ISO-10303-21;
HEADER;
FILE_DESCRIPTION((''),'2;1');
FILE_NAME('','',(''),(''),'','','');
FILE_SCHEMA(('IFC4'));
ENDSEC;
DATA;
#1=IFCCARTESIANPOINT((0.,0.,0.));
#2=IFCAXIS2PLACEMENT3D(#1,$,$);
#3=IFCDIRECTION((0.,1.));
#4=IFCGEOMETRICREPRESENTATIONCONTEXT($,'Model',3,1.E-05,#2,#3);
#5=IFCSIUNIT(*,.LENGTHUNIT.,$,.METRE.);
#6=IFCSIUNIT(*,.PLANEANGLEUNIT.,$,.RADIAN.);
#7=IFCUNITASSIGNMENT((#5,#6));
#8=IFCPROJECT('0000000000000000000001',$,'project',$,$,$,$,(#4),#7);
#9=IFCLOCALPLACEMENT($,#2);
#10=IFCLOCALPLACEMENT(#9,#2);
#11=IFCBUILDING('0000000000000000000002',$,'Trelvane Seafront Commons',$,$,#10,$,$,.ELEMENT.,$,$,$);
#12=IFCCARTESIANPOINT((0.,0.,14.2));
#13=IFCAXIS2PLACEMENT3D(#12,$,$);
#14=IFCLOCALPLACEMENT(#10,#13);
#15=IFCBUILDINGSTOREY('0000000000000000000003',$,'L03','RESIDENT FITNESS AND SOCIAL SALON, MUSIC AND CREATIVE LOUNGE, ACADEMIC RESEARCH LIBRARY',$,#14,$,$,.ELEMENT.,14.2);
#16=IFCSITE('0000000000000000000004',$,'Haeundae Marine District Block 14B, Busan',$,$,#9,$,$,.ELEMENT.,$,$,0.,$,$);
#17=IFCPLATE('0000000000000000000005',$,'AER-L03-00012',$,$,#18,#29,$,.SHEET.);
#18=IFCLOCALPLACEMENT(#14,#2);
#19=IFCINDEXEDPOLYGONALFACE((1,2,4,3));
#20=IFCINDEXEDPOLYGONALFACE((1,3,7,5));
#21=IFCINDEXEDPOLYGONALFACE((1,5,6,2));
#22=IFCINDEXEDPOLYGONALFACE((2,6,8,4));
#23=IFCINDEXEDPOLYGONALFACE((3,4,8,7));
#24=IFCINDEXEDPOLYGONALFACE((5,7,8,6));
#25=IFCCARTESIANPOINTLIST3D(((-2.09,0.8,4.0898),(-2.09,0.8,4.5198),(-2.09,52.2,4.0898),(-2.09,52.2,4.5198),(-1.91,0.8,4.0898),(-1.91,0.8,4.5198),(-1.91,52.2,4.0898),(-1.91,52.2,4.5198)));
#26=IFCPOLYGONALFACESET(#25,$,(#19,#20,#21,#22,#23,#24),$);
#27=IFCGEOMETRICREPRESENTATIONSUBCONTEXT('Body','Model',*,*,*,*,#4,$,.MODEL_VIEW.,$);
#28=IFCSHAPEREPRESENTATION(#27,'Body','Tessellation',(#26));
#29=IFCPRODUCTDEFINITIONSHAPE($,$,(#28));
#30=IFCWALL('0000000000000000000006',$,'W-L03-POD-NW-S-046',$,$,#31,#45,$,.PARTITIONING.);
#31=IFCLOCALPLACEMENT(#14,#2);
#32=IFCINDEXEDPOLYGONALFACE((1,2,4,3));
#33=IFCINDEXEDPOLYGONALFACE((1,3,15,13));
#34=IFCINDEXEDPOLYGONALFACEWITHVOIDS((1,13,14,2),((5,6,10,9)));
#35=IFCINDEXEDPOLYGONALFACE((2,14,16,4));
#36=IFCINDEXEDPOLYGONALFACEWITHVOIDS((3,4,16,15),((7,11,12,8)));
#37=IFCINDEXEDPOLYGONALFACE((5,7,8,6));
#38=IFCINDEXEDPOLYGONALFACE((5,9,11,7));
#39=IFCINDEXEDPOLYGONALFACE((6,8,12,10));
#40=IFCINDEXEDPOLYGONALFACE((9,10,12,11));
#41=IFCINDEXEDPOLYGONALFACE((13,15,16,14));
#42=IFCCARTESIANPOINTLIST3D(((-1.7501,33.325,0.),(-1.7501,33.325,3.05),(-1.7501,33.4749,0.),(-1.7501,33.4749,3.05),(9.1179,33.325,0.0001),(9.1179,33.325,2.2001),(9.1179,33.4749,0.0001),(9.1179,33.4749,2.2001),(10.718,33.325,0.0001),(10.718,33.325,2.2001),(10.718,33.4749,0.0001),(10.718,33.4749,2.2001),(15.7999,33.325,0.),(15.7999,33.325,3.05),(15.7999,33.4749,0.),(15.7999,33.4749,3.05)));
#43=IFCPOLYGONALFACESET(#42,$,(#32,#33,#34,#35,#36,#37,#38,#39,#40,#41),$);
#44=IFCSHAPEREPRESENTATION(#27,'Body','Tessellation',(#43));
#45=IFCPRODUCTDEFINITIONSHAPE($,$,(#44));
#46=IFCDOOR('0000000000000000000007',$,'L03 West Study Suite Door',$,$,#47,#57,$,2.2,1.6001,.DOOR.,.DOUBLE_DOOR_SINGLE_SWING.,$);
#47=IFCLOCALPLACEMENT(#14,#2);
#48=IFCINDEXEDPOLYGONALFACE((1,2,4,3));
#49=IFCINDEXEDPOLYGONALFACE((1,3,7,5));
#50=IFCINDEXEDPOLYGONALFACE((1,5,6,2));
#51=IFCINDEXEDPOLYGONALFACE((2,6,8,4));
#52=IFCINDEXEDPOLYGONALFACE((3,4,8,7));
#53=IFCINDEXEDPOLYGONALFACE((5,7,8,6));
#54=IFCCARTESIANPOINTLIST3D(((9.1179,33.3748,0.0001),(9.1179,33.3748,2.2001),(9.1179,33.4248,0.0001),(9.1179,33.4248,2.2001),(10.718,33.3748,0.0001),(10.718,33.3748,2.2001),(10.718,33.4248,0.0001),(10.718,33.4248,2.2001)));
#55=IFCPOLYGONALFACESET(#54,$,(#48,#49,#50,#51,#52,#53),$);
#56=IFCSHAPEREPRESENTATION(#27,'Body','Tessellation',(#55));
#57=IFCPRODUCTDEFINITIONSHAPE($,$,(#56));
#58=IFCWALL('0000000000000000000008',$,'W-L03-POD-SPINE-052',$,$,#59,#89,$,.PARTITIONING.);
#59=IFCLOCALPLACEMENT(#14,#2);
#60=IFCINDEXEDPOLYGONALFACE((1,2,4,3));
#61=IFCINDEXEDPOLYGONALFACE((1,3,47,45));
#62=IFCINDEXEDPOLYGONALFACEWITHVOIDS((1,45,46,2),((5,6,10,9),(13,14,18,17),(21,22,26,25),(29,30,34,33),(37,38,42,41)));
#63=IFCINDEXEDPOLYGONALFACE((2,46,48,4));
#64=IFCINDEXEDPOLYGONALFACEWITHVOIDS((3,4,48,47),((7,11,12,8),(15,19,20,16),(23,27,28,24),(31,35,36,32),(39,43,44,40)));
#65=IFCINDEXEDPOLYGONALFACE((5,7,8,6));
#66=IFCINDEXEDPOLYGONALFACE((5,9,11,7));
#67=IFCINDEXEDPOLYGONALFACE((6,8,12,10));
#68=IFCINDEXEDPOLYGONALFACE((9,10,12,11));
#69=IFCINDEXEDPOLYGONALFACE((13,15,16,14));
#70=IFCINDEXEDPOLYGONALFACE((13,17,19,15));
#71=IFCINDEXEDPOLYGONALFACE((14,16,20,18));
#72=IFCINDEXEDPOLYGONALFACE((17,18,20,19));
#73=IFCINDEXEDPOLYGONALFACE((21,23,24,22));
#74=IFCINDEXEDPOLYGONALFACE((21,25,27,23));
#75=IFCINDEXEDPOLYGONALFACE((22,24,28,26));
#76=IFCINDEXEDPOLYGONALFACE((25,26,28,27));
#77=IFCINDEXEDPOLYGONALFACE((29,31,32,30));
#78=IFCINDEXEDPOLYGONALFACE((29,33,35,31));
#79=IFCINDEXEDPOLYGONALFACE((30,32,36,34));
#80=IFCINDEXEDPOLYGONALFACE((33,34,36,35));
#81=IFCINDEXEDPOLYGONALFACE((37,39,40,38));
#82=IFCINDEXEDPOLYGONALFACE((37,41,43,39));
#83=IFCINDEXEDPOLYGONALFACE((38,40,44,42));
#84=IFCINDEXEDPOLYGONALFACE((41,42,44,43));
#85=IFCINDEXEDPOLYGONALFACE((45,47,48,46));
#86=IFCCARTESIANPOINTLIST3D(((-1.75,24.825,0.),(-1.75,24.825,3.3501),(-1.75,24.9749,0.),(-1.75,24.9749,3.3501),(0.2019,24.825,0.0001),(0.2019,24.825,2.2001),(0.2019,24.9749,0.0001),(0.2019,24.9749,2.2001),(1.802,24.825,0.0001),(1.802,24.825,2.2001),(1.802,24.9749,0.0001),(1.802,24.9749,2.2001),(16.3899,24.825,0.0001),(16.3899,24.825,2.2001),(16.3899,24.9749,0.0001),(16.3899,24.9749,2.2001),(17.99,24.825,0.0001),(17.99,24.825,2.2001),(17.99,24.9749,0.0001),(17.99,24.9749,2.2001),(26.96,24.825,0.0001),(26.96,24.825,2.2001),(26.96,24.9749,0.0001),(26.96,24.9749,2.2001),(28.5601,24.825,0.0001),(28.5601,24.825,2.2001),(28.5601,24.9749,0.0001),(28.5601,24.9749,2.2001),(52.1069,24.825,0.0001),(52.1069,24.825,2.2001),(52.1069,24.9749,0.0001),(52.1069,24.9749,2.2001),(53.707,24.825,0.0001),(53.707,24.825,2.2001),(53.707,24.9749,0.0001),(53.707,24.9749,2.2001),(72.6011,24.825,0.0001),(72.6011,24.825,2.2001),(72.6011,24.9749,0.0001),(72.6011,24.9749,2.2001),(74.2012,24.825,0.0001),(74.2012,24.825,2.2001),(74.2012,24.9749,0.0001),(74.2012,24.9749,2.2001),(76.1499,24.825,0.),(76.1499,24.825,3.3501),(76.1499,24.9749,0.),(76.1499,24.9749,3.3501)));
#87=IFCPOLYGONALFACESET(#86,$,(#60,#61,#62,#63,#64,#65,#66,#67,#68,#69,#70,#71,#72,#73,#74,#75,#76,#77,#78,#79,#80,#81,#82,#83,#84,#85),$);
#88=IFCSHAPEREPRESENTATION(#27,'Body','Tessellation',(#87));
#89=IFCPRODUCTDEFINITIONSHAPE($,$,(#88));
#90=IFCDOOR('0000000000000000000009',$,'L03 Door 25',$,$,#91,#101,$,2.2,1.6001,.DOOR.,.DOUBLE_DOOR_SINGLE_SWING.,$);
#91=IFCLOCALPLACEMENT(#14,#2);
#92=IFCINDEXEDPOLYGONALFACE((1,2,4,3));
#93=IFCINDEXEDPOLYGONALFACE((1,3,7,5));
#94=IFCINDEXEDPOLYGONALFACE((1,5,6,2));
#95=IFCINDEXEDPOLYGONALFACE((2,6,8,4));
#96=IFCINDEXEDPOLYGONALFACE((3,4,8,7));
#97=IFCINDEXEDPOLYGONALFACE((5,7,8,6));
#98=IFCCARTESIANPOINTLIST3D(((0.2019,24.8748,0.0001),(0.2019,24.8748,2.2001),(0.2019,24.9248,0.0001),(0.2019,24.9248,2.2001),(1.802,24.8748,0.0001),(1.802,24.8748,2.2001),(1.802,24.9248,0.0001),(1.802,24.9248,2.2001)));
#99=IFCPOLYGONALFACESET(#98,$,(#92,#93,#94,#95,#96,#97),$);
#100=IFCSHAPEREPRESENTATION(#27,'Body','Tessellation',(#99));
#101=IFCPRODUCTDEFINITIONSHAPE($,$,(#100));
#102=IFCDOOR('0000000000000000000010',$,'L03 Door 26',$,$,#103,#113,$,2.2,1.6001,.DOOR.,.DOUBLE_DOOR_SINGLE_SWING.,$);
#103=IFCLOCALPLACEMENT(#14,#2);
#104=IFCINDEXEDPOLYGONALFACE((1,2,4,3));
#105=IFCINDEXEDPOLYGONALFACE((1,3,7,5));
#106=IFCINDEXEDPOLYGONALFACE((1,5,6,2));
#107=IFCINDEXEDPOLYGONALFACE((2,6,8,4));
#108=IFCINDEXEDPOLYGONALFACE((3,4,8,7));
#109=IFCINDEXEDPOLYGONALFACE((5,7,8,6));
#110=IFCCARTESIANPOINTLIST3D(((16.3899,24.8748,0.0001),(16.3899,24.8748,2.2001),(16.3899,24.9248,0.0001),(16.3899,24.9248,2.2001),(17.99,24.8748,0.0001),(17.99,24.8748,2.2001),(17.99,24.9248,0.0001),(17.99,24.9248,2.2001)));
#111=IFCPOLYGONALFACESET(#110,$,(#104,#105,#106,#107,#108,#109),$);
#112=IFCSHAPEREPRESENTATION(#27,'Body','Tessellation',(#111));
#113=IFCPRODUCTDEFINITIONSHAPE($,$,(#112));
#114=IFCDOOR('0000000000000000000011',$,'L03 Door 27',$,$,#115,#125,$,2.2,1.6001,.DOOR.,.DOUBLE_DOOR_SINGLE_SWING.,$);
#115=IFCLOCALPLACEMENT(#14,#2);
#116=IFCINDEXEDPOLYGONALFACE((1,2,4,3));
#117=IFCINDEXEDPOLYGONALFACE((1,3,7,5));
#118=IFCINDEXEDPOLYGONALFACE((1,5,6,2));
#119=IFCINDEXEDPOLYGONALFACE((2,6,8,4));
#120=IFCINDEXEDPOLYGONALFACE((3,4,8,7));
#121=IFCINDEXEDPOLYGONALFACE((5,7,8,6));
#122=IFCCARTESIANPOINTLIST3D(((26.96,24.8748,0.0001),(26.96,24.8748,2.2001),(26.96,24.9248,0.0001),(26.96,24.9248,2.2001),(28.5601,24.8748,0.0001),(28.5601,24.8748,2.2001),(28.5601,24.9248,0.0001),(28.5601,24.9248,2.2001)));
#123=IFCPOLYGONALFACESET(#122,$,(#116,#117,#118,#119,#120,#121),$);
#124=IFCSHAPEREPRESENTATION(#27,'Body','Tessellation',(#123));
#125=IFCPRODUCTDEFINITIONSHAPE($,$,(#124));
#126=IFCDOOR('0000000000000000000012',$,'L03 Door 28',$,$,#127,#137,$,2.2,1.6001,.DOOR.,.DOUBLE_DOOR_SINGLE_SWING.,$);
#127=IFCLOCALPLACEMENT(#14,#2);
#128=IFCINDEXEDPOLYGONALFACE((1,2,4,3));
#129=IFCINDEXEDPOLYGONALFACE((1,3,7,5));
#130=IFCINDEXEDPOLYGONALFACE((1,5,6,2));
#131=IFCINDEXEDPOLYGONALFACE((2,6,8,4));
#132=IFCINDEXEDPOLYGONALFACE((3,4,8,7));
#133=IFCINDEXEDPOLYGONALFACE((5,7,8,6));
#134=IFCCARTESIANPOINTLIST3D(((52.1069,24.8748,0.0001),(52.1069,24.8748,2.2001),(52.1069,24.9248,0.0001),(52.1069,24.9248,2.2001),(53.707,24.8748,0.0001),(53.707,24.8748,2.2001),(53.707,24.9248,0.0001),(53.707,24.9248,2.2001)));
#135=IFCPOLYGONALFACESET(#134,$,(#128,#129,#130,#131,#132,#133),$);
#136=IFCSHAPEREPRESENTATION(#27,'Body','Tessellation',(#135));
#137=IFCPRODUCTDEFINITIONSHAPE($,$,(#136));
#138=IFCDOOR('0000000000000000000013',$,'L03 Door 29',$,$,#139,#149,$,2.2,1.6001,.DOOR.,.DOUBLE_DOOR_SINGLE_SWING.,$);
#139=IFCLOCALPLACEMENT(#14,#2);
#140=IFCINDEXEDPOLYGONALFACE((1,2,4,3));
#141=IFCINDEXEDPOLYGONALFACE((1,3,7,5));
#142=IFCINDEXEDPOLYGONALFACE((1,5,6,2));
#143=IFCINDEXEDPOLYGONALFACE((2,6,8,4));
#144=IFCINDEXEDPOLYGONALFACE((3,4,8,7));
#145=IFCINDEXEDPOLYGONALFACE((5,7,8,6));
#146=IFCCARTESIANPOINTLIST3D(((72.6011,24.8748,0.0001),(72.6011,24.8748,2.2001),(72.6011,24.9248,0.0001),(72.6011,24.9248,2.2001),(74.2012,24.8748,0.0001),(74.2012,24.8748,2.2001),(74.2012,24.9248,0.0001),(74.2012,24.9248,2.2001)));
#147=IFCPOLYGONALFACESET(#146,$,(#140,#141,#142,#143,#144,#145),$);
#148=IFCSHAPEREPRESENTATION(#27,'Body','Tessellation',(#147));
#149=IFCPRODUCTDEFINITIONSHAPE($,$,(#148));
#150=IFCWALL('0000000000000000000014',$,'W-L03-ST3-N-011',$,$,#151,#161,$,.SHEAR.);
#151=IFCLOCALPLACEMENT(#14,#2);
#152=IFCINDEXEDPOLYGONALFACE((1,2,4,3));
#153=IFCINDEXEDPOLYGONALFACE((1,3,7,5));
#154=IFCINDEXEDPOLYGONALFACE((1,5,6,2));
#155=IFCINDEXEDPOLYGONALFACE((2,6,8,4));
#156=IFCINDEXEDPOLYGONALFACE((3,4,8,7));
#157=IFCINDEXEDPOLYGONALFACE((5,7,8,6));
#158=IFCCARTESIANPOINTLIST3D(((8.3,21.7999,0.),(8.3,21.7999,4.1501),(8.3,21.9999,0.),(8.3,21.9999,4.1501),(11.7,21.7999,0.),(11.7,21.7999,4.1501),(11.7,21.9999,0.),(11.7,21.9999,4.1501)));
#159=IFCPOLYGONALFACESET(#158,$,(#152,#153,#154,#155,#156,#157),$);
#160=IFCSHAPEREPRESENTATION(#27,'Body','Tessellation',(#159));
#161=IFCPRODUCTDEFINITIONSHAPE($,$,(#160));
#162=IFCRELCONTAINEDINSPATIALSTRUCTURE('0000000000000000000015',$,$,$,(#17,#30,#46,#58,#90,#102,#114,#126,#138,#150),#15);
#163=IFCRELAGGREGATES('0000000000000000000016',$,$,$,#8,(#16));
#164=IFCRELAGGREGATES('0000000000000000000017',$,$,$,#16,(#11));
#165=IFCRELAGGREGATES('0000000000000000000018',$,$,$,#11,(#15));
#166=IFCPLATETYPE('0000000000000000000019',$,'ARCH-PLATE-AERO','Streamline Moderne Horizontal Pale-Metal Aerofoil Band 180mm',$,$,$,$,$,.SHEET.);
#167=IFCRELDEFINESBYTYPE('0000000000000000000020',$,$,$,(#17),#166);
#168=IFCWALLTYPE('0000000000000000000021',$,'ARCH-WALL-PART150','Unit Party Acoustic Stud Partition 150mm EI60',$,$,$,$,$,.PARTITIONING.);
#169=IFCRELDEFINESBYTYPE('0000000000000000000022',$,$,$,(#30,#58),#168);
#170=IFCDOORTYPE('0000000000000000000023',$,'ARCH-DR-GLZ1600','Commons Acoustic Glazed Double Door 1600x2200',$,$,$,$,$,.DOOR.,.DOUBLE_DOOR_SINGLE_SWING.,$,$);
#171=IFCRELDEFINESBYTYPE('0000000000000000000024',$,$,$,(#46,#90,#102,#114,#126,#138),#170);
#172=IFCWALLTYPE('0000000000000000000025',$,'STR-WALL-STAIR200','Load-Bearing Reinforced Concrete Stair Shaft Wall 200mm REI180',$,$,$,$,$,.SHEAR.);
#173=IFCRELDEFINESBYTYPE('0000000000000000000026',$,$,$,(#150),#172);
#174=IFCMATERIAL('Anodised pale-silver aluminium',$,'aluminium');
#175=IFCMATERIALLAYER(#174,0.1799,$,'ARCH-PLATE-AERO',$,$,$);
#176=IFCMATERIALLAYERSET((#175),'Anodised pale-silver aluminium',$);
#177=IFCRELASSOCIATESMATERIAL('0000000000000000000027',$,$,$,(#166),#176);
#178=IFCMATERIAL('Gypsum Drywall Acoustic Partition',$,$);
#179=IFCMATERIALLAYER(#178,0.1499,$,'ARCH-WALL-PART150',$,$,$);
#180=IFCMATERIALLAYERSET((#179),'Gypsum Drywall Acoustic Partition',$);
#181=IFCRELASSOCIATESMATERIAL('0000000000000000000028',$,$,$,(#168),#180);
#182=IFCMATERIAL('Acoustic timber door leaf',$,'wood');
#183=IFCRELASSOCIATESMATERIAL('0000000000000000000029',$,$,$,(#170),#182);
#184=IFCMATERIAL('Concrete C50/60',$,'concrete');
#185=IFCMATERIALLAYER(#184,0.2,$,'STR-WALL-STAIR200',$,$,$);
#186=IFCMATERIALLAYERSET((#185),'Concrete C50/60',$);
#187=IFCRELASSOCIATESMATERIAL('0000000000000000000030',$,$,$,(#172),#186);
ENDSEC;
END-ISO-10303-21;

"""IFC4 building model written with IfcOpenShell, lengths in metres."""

from ifc_helpers import new_model, si_unit, direction, frame, frame_2d, origin, origin_2d, place, context, subcontext, project, spatial, rectangle, extrude, source, transform, mapped, material, layer, layer_set, type_object, element, fill, save


model = new_model("IFC4")

# Units and contexts
model_context = context("Model", 3, precision=1e-05, world=origin(), true_north=direction((0.0, 1.0)))
body_context = subcontext(model_context, "Body", "Model", "MODEL_VIEW")
ifc_project = project(units=[si_unit("LENGTHUNIT", "METRE"), si_unit("PLANEANGLEUNIT", "RADIAN")], contexts=[model_context])

# Site, building, storey
site_placement = place(None, origin())
site = spatial("IfcSite", under=ifc_project, at=site_placement, Name="Haeundae Marine District Block 14B, Busan", CompositionType="ELEMENT", RefElevation=0.0)
building_placement = place(site_placement, origin())
building = spatial("IfcBuilding", under=site, at=building_placement, Name="Trelvane Seafront Commons", CompositionType="ELEMENT")
storey_placement = place(building_placement, frame((0.0, 0.0, 14.2)))
storey = spatial("IfcBuildingStorey", under=building, at=storey_placement, Name="L03", Description="RESIDENT FITNESS AND SOCIAL SALON, MUSIC AND CREATIVE LOUNGE, ACADEMIC RESEARCH LIBRARY", CompositionType="ELEMENT", Elevation=14.2)

# Shared definitions
ifc_material_1 = material(Name="Concrete C50/60", Category="concrete")

# Plate
ifc_material_2 = material(Name="Anodised pale-silver aluminium", Category="aluminium")
ifc_layer_1 = layer(ifc_material_2, 0.1799, Name="ARCH-PLATE-AERO")
ifc_layer_set_1 = layer_set([ifc_layer_1], Name="Anodised pale-silver aluminium")
plate_type = type_object("IfcPlateType", Name="ARCH-PLATE-AERO", Description="Streamline Moderne Horizontal Pale-Metal Aerofoil Band 180mm", PredefinedType="SHEET", material=ifc_layer_set_1)
shared_shape_1 = source(origin(), body_context, "Body", "SweptSolid", [
    extrude(rectangle(XDim=51.3999, YDim=0.1799, at=origin_2d()), origin(), (0.0, 0.0, 1.0), 0.4299),
])
plate_placement = place(storey_placement, frame((-2.0, 26.5, 4.0898), z_axis=(0.0, 0.0, 1.0), x_axis=(0.0, 1.0, 0.0)))
element("IfcPlate", 1, at=plate_placement, inside=storey, type_object=plate_type, Name="AER-L03-00012", PredefinedType="SHEET", context=body_context, shape_type="MappedRepresentation", body=[
    mapped(shared_shape_1, transform((0.0, 0.0, 0.0), x_axis=(1.0, 0.0, 0.0), y_axis=(0.0, 1.0, 0.0), z_axis=(0.0, 0.0, 1.0), scale=1.0)),
])

# Wall, opening, door
ifc_material_3 = material(Name="Gypsum Drywall Acoustic Partition")
ifc_layer_2 = layer(ifc_material_3, 0.1499, Name="ARCH-WALL-PART150")
ifc_layer_set_2 = layer_set([ifc_layer_2], Name="Gypsum Drywall Acoustic Partition")
wall_type_1 = type_object("IfcWallType", Name="ARCH-WALL-PART150", Description="Unit Party Acoustic Stud Partition 150mm EI60", PredefinedType="PARTITIONING", material=ifc_layer_set_2)
wall_1_placement = place(storey_placement, frame((-1.75, 33.3999, 0.0), z_axis=(0.0, 0.0, 1.0), x_axis=(1.0, 0.0, 0.0)))
wall_1 = element("IfcWall", 2, at=wall_1_placement, inside=storey, type_object=wall_type_1, Name="W-L03-POD-NW-S-046", PredefinedType="PARTITIONING", context=body_context, shape_type="SweptSolid", body=[
    extrude(rectangle(XDim=17.55, YDim=0.1499, at=frame_2d((8.7749, 0.0))), origin(), (0.0, 0.0, 1.0), 3.05),
])
opening_1_placement = place(wall_1_placement, frame((10.8679, 0.0, 0.0)))
opening_1 = element("IfcOpeningElement", 3, at=opening_1_placement, cuts=wall_1, PredefinedType="OPENING", context=body_context, shape_type="SweptSolid", body=[
    extrude(rectangle(XDim=1.6001, YDim=2.2, at=frame_2d((0.8, 1.1001))), frame((0.0, 0.085, 0.0), z_axis=(0.0, -1.0, 0.0), x_axis=(1.0, 0.0, 0.0)), (0.0, 0.0, 1.0), 0.1699),
])
ifc_material_4 = material(Name="Acoustic timber door leaf", Category="wood")
door_type = type_object("IfcDoorType", Name="ARCH-DR-GLZ1600", Description="Commons Acoustic Glazed Double Door 1600x2200", OperationType="DOUBLE_DOOR_SINGLE_SWING", PredefinedType="DOOR", material=ifc_material_4)
shared_shape_2 = source(origin(), body_context, "Body", "SweptSolid", [
    extrude(rectangle(XDim=1.6001, YDim=2.2, at=frame_2d((0.8, 1.1001))), frame((0.0, 0.0249, 0.0), z_axis=(0.0, -1.0, 0.0), x_axis=(1.0, 0.0, 0.0)), (0.0, 0.0, 1.0), 0.05),
])
door_1_placement = place(opening_1_placement, origin())
door_1 = element("IfcDoor", 4, at=door_1_placement, inside=storey, type_object=door_type, Name="L03 West Study Suite Door", OperationType="DOUBLE_DOOR_SINGLE_SWING", OverallHeight=2.2, OverallWidth=1.6001, PredefinedType="DOOR", context=body_context, shape_type="MappedRepresentation", body=[
    mapped(shared_shape_2, transform((0.0, 0.0, 0.0), x_axis=(1.0, 0.0, 0.0), y_axis=(0.0, 1.0, 0.0), z_axis=(0.0, 0.0, 1.0), scale=1.0)),
])
fill(opening_1, door_1)

# Wall, openings, doors
wall_2_placement = place(storey_placement, frame((-1.75, 24.8999, 0.0), z_axis=(0.0, 0.0, 1.0), x_axis=(1.0, 0.0, 0.0)))
wall_2 = element("IfcWall", 5, at=wall_2_placement, inside=storey, type_object=wall_type_1, Name="W-L03-POD-SPINE-052", PredefinedType="PARTITIONING", context=body_context, shape_type="SweptSolid", body=[
    extrude(rectangle(XDim=77.8999, YDim=0.1499, at=frame_2d((38.95, 0.0))), origin(), (0.0, 0.0, 1.0), 3.3501),
])
opening_2_placement = place(wall_2_placement, frame((1.9519, 0.0, 0.0)))
opening_2 = element("IfcOpeningElement", 6, at=opening_2_placement, cuts=wall_2, PredefinedType="OPENING", context=body_context, shape_type="SweptSolid", body=[
    extrude(rectangle(XDim=1.6001, YDim=2.2, at=frame_2d((0.8, 1.1001))), frame((0.0, 0.085, 0.0), z_axis=(0.0, -1.0, 0.0), x_axis=(1.0, 0.0, 0.0)), (0.0, 0.0, 1.0), 0.1699),
])
opening_3_placement = place(wall_2_placement, frame((18.1399, 0.0, 0.0)))
opening_3 = element("IfcOpeningElement", 7, at=opening_3_placement, cuts=wall_2, PredefinedType="OPENING", context=body_context, shape_type="SweptSolid", body=[
    extrude(rectangle(XDim=1.6001, YDim=2.2, at=frame_2d((0.8, 1.1001))), frame((0.0, 0.085, 0.0), z_axis=(0.0, -1.0, 0.0), x_axis=(1.0, 0.0, 0.0)), (0.0, 0.0, 1.0), 0.1699),
])
opening_4_placement = place(wall_2_placement, frame((28.71, 0.0, 0.0)))
opening_4 = element("IfcOpeningElement", 8, at=opening_4_placement, cuts=wall_2, PredefinedType="OPENING", context=body_context, shape_type="SweptSolid", body=[
    extrude(rectangle(XDim=1.6001, YDim=2.2, at=frame_2d((0.8, 1.1001))), frame((0.0, 0.085, 0.0), z_axis=(0.0, -1.0, 0.0), x_axis=(1.0, 0.0, 0.0)), (0.0, 0.0, 1.0), 0.1699),
])
opening_5_placement = place(wall_2_placement, frame((53.8569, 0.0, 0.0)))
opening_5 = element("IfcOpeningElement", 9, at=opening_5_placement, cuts=wall_2, PredefinedType="OPENING", context=body_context, shape_type="SweptSolid", body=[
    extrude(rectangle(XDim=1.6001, YDim=2.2, at=frame_2d((0.8, 1.1001))), frame((0.0, 0.085, 0.0), z_axis=(0.0, -1.0, 0.0), x_axis=(1.0, 0.0, 0.0)), (0.0, 0.0, 1.0), 0.1699),
])
opening_6_placement = place(wall_2_placement, frame((74.3511, 0.0, 0.0)))
opening_6 = element("IfcOpeningElement", 10, at=opening_6_placement, cuts=wall_2, PredefinedType="OPENING", context=body_context, shape_type="SweptSolid", body=[
    extrude(rectangle(XDim=1.6001, YDim=2.2, at=frame_2d((0.8, 1.1001))), frame((0.0, 0.085, 0.0), z_axis=(0.0, -1.0, 0.0), x_axis=(1.0, 0.0, 0.0)), (0.0, 0.0, 1.0), 0.1699),
])
door_2_placement = place(opening_2_placement, origin())
door_2 = element("IfcDoor", 11, at=door_2_placement, inside=storey, type_object=door_type, Name="L03 Door 25", OperationType="DOUBLE_DOOR_SINGLE_SWING", OverallHeight=2.2, OverallWidth=1.6001, PredefinedType="DOOR", context=body_context, shape_type="MappedRepresentation", body=[
    mapped(shared_shape_2, transform((0.0, 0.0, 0.0), x_axis=(1.0, 0.0, 0.0), y_axis=(0.0, 1.0, 0.0), z_axis=(0.0, 0.0, 1.0), scale=1.0)),
])
fill(opening_2, door_2)
door_3_placement = place(opening_3_placement, origin())
door_3 = element("IfcDoor", 12, at=door_3_placement, inside=storey, type_object=door_type, Name="L03 Door 26", OperationType="DOUBLE_DOOR_SINGLE_SWING", OverallHeight=2.2, OverallWidth=1.6001, PredefinedType="DOOR", context=body_context, shape_type="MappedRepresentation", body=[
    mapped(shared_shape_2, transform((0.0, 0.0, 0.0), x_axis=(1.0, 0.0, 0.0), y_axis=(0.0, 1.0, 0.0), z_axis=(0.0, 0.0, 1.0), scale=1.0)),
])
fill(opening_3, door_3)
door_4_placement = place(opening_4_placement, origin())
door_4 = element("IfcDoor", 13, at=door_4_placement, inside=storey, type_object=door_type, Name="L03 Door 27", OperationType="DOUBLE_DOOR_SINGLE_SWING", OverallHeight=2.2, OverallWidth=1.6001, PredefinedType="DOOR", context=body_context, shape_type="MappedRepresentation", body=[
    mapped(shared_shape_2, transform((0.0, 0.0, 0.0), x_axis=(1.0, 0.0, 0.0), y_axis=(0.0, 1.0, 0.0), z_axis=(0.0, 0.0, 1.0), scale=1.0)),
])
fill(opening_4, door_4)
door_5_placement = place(opening_5_placement, origin())
door_5 = element("IfcDoor", 14, at=door_5_placement, inside=storey, type_object=door_type, Name="L03 Door 28", OperationType="DOUBLE_DOOR_SINGLE_SWING", OverallHeight=2.2, OverallWidth=1.6001, PredefinedType="DOOR", context=body_context, shape_type="MappedRepresentation", body=[
    mapped(shared_shape_2, transform((0.0, 0.0, 0.0), x_axis=(1.0, 0.0, 0.0), y_axis=(0.0, 1.0, 0.0), z_axis=(0.0, 0.0, 1.0), scale=1.0)),
])
fill(opening_5, door_5)
door_6_placement = place(opening_6_placement, origin())
door_6 = element("IfcDoor", 15, at=door_6_placement, inside=storey, type_object=door_type, Name="L03 Door 29", OperationType="DOUBLE_DOOR_SINGLE_SWING", OverallHeight=2.2, OverallWidth=1.6001, PredefinedType="DOOR", context=body_context, shape_type="MappedRepresentation", body=[
    mapped(shared_shape_2, transform((0.0, 0.0, 0.0), x_axis=(1.0, 0.0, 0.0), y_axis=(0.0, 1.0, 0.0), z_axis=(0.0, 0.0, 1.0), scale=1.0)),
])
fill(opening_6, door_6)

# Wall
ifc_layer_3 = layer(ifc_material_1, 0.2, Name="STR-WALL-STAIR200")
ifc_layer_set_3 = layer_set([ifc_layer_3], Name="Concrete C50/60")
wall_type_2 = type_object("IfcWallType", Name="STR-WALL-STAIR200", Description="Load-Bearing Reinforced Concrete Stair Shaft Wall 200mm REI180", PredefinedType="SHEAR", material=ifc_layer_set_3)
wall_3_placement = place(storey_placement, frame((8.3, 21.8999, 0.0), z_axis=(0.0, 0.0, 1.0), x_axis=(1.0, 0.0, 0.0)))
element("IfcWall", 16, at=wall_3_placement, inside=storey, type_object=wall_type_2, Name="W-L03-ST3-N-011", PredefinedType="SHEAR", context=body_context, shape_type="SweptSolid", body=[
    extrude(rectangle(XDim=3.3999, YDim=0.2, at=frame_2d((1.7, 0.0))), origin(), (0.0, 0.0, 1.0), 4.1501),
])

save(model, "model.ifc")
